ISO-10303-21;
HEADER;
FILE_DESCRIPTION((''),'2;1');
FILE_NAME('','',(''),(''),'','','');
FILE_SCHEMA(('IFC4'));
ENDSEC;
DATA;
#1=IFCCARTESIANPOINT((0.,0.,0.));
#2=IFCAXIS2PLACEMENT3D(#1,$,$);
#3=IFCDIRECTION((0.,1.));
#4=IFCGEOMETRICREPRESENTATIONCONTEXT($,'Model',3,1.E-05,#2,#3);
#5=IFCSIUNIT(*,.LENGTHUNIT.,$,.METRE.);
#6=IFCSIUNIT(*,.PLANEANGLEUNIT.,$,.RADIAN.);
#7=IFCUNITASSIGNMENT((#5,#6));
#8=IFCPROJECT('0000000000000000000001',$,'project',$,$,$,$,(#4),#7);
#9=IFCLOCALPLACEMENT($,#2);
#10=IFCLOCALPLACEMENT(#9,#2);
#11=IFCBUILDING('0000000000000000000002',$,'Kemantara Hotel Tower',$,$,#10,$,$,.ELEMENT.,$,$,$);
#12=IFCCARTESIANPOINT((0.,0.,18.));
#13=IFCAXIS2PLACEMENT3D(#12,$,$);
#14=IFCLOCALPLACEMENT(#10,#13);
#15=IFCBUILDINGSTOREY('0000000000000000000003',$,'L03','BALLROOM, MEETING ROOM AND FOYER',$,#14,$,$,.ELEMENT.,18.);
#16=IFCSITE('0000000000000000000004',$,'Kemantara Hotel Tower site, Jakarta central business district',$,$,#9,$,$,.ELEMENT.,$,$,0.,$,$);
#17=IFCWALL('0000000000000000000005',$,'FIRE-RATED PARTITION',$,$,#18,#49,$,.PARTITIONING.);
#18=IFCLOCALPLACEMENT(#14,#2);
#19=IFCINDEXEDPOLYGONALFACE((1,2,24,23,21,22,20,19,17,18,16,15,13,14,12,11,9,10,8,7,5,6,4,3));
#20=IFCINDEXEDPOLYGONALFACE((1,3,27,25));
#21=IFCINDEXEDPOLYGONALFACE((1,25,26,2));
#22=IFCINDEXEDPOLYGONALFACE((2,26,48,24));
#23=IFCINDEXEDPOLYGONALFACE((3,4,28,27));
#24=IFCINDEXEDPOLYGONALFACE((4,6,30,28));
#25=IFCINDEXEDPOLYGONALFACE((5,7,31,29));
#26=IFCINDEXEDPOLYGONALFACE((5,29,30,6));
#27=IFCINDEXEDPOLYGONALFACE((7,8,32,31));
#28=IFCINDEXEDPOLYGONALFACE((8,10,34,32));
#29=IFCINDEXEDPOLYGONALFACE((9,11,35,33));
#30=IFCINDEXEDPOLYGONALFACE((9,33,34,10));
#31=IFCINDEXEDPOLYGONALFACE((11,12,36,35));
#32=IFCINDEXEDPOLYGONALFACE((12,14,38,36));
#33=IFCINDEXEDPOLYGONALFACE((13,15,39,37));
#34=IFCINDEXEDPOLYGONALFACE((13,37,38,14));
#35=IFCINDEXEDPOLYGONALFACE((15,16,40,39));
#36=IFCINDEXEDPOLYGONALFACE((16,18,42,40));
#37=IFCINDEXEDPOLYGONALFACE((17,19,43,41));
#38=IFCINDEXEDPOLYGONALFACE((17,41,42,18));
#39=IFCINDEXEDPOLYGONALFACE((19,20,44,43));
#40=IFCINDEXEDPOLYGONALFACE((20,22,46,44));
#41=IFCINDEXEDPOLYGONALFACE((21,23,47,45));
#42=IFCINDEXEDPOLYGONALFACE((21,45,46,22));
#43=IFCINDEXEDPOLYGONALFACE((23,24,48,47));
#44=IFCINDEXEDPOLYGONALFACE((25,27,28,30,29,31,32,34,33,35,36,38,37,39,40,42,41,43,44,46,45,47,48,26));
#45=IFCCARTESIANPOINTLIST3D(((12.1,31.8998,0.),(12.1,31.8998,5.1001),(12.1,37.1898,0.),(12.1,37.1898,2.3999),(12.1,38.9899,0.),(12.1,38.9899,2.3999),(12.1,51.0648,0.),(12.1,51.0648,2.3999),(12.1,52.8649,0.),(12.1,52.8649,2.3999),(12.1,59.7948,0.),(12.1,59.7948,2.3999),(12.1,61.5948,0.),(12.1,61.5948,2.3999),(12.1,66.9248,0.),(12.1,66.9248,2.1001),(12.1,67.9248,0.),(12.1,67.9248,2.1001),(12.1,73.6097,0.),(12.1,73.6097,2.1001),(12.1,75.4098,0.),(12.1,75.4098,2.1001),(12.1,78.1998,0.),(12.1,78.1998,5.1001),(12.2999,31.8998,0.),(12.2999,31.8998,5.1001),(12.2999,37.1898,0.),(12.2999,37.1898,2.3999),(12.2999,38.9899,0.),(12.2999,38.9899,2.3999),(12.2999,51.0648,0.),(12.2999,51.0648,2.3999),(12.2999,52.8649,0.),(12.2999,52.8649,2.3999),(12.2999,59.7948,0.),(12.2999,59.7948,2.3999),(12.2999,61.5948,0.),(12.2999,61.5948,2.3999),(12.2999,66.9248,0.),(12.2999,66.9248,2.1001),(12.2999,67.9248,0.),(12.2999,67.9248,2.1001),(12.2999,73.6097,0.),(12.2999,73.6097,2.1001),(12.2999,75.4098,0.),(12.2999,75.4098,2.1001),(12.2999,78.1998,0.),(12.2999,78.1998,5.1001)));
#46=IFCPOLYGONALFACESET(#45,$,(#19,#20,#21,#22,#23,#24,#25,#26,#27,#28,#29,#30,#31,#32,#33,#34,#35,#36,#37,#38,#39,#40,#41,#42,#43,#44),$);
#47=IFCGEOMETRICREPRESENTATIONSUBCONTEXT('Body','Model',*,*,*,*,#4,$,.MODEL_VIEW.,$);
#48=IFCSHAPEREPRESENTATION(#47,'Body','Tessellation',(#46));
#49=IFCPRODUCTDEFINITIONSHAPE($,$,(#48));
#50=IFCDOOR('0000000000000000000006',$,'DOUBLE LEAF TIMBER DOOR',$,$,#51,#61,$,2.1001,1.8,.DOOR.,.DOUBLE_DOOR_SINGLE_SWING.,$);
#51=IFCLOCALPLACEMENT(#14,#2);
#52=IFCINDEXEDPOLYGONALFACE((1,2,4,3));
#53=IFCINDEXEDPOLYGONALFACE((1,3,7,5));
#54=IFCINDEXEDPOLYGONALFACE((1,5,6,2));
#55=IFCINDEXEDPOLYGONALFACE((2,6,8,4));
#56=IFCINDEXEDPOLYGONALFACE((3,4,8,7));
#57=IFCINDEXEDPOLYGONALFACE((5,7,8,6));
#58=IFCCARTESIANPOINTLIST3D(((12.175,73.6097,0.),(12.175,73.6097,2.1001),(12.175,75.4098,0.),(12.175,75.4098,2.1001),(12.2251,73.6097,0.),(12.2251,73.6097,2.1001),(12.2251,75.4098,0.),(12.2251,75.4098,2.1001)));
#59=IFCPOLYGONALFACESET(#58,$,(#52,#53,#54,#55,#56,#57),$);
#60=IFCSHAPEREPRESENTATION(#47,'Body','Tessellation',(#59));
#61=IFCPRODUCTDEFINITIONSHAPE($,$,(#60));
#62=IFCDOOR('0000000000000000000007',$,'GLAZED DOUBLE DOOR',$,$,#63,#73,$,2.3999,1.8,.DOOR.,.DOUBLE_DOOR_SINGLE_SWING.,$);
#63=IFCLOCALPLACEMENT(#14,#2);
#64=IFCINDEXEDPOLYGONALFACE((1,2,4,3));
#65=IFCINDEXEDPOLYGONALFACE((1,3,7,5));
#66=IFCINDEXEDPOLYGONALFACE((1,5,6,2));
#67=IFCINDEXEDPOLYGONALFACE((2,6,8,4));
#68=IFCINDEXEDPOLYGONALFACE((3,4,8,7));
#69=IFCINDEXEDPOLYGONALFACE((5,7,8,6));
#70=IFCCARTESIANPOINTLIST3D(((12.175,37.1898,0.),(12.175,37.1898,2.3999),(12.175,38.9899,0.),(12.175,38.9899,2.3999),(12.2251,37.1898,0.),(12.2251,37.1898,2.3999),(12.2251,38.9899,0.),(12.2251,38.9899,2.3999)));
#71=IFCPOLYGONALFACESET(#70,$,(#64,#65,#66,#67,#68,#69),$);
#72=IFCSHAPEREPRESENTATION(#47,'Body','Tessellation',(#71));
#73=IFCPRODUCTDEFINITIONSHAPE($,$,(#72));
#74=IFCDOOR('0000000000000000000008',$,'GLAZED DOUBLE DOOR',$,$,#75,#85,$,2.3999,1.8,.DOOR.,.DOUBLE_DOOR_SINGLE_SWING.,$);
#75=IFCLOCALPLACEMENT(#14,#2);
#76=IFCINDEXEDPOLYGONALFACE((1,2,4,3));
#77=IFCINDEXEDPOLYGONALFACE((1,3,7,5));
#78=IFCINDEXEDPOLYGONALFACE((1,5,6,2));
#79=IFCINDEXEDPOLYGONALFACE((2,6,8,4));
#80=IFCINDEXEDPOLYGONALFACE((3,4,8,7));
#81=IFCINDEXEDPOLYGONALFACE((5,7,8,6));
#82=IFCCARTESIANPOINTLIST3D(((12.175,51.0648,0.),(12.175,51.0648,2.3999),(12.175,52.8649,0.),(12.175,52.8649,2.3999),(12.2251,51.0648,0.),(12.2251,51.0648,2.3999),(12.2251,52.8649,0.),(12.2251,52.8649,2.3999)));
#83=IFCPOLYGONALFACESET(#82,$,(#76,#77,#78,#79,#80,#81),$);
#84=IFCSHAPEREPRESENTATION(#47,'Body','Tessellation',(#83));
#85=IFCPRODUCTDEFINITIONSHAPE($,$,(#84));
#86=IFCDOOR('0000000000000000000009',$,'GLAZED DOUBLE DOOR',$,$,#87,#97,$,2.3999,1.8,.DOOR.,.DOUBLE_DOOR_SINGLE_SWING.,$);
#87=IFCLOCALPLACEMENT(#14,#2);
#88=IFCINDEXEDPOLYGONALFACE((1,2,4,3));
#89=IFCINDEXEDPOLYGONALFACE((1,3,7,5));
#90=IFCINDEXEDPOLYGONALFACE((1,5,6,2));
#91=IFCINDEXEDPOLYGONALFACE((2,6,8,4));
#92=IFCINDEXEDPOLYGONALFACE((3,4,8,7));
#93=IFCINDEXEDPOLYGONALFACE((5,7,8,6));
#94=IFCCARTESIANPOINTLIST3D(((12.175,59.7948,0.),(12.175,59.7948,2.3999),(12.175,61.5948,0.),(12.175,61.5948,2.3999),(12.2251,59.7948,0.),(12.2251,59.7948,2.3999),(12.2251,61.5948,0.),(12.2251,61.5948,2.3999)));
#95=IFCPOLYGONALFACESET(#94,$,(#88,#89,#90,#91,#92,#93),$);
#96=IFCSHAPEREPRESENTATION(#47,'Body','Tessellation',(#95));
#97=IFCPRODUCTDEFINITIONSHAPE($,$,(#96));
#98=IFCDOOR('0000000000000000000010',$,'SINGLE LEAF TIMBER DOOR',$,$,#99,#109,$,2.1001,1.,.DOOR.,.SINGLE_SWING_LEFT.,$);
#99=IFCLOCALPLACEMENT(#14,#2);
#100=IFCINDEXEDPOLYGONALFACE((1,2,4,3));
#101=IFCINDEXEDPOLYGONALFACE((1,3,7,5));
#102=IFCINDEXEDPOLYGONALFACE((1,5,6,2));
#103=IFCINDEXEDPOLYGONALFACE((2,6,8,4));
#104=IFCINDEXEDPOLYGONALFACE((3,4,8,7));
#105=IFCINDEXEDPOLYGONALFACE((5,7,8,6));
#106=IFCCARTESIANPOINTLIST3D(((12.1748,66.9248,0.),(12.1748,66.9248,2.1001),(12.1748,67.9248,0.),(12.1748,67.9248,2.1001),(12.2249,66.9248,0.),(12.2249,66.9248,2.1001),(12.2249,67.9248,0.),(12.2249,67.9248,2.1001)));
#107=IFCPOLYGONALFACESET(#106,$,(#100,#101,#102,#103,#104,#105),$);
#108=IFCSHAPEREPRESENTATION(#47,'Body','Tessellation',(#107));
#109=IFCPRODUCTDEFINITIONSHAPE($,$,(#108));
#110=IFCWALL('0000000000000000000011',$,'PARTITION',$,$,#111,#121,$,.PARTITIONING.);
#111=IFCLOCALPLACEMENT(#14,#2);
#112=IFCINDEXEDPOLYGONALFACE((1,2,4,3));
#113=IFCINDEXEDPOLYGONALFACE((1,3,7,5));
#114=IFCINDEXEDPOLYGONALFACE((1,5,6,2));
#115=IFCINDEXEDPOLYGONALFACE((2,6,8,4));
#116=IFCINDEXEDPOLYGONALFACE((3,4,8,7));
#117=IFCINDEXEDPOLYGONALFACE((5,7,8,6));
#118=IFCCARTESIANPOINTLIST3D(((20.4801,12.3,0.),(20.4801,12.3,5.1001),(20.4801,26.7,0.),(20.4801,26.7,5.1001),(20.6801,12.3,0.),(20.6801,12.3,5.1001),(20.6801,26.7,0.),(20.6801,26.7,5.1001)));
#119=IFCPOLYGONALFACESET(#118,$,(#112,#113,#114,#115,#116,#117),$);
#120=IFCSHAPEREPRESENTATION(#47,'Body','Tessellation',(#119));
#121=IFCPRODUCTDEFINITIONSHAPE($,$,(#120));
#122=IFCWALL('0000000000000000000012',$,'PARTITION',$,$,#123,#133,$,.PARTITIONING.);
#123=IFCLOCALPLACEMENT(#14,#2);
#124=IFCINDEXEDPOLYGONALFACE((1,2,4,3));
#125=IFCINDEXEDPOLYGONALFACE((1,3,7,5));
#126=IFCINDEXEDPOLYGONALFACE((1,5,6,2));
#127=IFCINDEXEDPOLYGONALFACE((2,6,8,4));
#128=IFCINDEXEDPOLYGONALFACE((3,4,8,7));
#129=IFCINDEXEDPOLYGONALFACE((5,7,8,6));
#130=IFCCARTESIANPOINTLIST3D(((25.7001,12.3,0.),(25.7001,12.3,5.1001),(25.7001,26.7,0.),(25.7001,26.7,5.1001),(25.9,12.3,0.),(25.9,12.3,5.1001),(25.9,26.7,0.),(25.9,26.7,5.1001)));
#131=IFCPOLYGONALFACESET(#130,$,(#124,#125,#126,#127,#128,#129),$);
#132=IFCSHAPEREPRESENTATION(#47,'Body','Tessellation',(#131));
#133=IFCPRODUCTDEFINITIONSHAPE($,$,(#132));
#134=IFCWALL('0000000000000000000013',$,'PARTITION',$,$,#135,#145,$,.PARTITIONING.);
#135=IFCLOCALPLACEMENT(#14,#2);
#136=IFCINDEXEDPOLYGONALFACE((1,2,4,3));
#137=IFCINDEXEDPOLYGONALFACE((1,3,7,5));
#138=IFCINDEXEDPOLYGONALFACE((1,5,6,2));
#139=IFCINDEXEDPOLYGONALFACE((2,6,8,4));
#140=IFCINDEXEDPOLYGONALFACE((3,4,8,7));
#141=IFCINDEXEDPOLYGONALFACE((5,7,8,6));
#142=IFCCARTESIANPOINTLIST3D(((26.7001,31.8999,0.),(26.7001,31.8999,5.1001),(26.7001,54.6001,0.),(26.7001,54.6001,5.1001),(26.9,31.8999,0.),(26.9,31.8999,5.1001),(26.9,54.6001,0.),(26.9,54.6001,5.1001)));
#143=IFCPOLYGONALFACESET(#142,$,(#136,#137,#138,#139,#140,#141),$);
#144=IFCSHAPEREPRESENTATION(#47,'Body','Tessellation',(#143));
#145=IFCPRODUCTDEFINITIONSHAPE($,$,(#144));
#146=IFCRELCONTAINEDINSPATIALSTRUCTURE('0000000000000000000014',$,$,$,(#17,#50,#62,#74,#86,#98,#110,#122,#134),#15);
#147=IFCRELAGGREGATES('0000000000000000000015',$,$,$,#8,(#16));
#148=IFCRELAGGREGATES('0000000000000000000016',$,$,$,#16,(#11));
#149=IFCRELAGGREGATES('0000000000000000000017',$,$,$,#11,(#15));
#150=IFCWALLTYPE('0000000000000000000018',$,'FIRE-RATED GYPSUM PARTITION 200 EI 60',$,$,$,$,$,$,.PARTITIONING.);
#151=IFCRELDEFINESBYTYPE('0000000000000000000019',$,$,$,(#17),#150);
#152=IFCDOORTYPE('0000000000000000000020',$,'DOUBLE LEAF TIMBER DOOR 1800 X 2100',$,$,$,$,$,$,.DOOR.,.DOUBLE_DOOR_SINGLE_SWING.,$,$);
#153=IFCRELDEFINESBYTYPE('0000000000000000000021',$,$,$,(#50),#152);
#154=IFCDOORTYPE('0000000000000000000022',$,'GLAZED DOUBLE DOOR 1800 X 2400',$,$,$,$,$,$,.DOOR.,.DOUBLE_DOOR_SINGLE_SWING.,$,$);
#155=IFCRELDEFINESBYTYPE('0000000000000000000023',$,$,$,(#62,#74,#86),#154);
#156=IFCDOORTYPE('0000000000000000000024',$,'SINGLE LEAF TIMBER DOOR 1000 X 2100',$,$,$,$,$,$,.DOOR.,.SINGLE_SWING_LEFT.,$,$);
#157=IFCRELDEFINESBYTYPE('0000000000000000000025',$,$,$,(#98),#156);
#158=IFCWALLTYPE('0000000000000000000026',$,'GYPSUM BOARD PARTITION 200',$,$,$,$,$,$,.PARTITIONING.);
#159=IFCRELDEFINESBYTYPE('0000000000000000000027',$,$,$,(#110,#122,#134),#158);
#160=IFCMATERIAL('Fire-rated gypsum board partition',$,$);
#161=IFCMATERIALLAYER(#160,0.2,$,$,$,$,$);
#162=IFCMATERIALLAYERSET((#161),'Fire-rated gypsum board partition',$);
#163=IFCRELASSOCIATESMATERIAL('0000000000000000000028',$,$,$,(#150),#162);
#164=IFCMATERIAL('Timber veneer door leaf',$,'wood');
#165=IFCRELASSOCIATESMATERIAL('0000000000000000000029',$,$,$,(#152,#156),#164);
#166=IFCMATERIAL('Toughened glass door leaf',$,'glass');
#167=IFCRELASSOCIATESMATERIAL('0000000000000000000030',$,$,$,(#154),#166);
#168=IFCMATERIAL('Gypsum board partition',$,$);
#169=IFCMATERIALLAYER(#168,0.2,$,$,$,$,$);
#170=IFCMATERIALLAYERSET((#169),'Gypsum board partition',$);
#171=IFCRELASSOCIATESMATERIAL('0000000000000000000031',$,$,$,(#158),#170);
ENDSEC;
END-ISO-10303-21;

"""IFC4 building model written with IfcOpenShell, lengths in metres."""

from ifc_helpers import new_model, si_unit, direction, frame, frame_2d, origin, place, context, subcontext, project, spatial, rectangle, extrude, material, layer, layer_set, type_object, element, fill, save


model = new_model("IFC4")

# Units and contexts
model_context = context("Model", 3, precision=1e-05, world=origin(), true_north=direction((0.0, 1.0)))
body_context = subcontext(model_context, "Body", "Model", "MODEL_VIEW")
ifc_project = project(units=[si_unit("LENGTHUNIT", "METRE"), si_unit("PLANEANGLEUNIT", "RADIAN")], contexts=[model_context])

# Site, building, storey
site_placement = place(None, origin())
site = spatial("IfcSite", under=ifc_project, at=site_placement, Name="Kemantara Hotel Tower site, Jakarta central business district", CompositionType="ELEMENT", RefElevation=0.0)
building_placement = place(site_placement, origin())
building = spatial("IfcBuilding", under=site, at=building_placement, Name="Kemantara Hotel Tower", CompositionType="ELEMENT")
storey_placement = place(building_placement, frame((0.0, 0.0, 18.0)))
storey = spatial("IfcBuildingStorey", under=building, at=storey_placement, Name="L03", Description="BALLROOM, MEETING ROOM AND FOYER", CompositionType="ELEMENT", Elevation=18.0)

# Shared definitions
ifc_material_1 = material(Name="Fire-rated gypsum board partition")
ifc_layer_1 = layer(ifc_material_1, 0.2)
ifc_layer_set_1 = layer_set([ifc_layer_1], Name="Fire-rated gypsum board partition")
wall_type_1 = type_object("IfcWallType", Name="FIRE-RATED GYPSUM PARTITION 200 EI 60", PredefinedType="PARTITIONING", material=ifc_layer_set_1)

# Wall, openings, doors
wall_1_placement = place(storey_placement, frame((12.2, 31.8999, 0.0), z_axis=(0.0, 0.0, 1.0), x_axis=(0.0, 1.0, 0.0)))
wall_1 = element("IfcWall", 1, at=wall_1_placement, inside=storey, type_object=wall_type_1, Name="FIRE-RATED PARTITION", PredefinedType="PARTITIONING", context=body_context, shape_type="SweptSolid", body=[
    extrude(rectangle(XDim=46.3, YDim=0.2, at=frame_2d((23.1499, 0.0))), origin(), (0.0, 0.0, 1.0), 5.1001),
])
opening_1_placement = place(wall_1_placement, frame((5.29, 0.0, 0.0)))
opening_1 = element("IfcOpeningElement", 2, at=opening_1_placement, cuts=wall_1, PredefinedType="OPENING", context=body_context, shape_type="SweptSolid", body=[
    extrude(rectangle(XDim=1.8, YDim=2.3999, at=frame_2d((0.8999, 1.2))), frame((0.0, 0.1099, 0.0), z_axis=(0.0, -1.0, 0.0), x_axis=(1.0, 0.0, 0.0)), (0.0, 0.0, 1.0), 0.22),
])
opening_2_placement = place(wall_1_placement, frame((19.165, 0.0, 0.0)))
opening_2 = element("IfcOpeningElement", 3, at=opening_2_placement, cuts=wall_1, PredefinedType="OPENING", context=body_context, shape_type="SweptSolid", body=[
    extrude(rectangle(XDim=1.8, YDim=2.3999, at=frame_2d((0.8999, 1.2))), frame((0.0, 0.1099, 0.0), z_axis=(0.0, -1.0, 0.0), x_axis=(1.0, 0.0, 0.0)), (0.0, 0.0, 1.0), 0.22),
])
opening_3_placement = place(wall_1_placement, frame((27.895, 0.0, 0.0)))
opening_3 = element("IfcOpeningElement", 4, at=opening_3_placement, cuts=wall_1, PredefinedType="OPENING", context=body_context, shape_type="SweptSolid", body=[
    extrude(rectangle(XDim=1.8, YDim=2.3999, at=frame_2d((0.8999, 1.2))), frame((0.0, 0.1099, 0.0), z_axis=(0.0, -1.0, 0.0), x_axis=(1.0, 0.0, 0.0)), (0.0, 0.0, 1.0), 0.22),
])
opening_4_placement = place(wall_1_placement, frame((35.0249, 0.0, 0.0)))
opening_4 = element("IfcOpeningElement", 5, at=opening_4_placement, cuts=wall_1, PredefinedType="OPENING", context=body_context, shape_type="SweptSolid", body=[
    extrude(rectangle(XDim=1.0, YDim=2.1001, at=frame_2d((0.5, 1.05))), frame((0.0, 0.1099, 0.0), z_axis=(0.0, -1.0, 0.0), x_axis=(1.0, 0.0, 0.0)), (0.0, 0.0, 1.0), 0.22),
])
opening_5_placement = place(wall_1_placement, frame((41.71, 0.0, 0.0)))
opening_5 = element("IfcOpeningElement", 6, at=opening_5_placement, cuts=wall_1, PredefinedType="OPENING", context=body_context, shape_type="SweptSolid", body=[
    extrude(rectangle(XDim=1.8, YDim=2.1001, at=frame_2d((0.8999, 1.05))), frame((0.0, 0.1099, 0.0), z_axis=(0.0, -1.0, 0.0), x_axis=(1.0, 0.0, 0.0)), (0.0, 0.0, 1.0), 0.22),
])
ifc_material_2 = material(Name="Timber veneer door leaf", Category="wood")
door_type_1 = type_object("IfcDoorType", Name="DOUBLE LEAF TIMBER DOOR 1800 X 2100", OperationType="DOUBLE_DOOR_SINGLE_SWING", PredefinedType="DOOR", material=ifc_material_2)
door_1_placement = place(opening_5_placement, origin())
door_1 = element("IfcDoor", 7, at=door_1_placement, inside=storey, type_object=door_type_1, Name="DOUBLE LEAF TIMBER DOOR", OperationType="DOUBLE_DOOR_SINGLE_SWING", OverallHeight=2.1001, OverallWidth=1.8, PredefinedType="DOOR", context=body_context, shape_type="SweptSolid", body=[
    extrude(rectangle(XDim=1.8, YDim=2.1001, at=frame_2d((0.8999, 1.05))), frame((0.0, 0.0249, 0.0), z_axis=(0.0, -1.0, 0.0), x_axis=(1.0, 0.0, 0.0)), (0.0, 0.0, 1.0), 0.05),
])
fill(opening_5, door_1)
ifc_material_3 = material(Name="Toughened glass door leaf", Category="glass")
door_type_2 = type_object("IfcDoorType", Name="GLAZED DOUBLE DOOR 1800 X 2400", OperationType="DOUBLE_DOOR_SINGLE_SWING", PredefinedType="DOOR", material=ifc_material_3)
door_2_placement = place(opening_1_placement, origin())
door_2 = element("IfcDoor", 8, at=door_2_placement, inside=storey, type_object=door_type_2, Name="GLAZED DOUBLE DOOR", OperationType="DOUBLE_DOOR_SINGLE_SWING", OverallHeight=2.3999, OverallWidth=1.8, PredefinedType="DOOR", context=body_context, shape_type="SweptSolid", body=[
    extrude(rectangle(XDim=1.8, YDim=2.3999, at=frame_2d((0.8999, 1.2))), frame((0.0, 0.0249, 0.0), z_axis=(0.0, -1.0, 0.0), x_axis=(1.0, 0.0, 0.0)), (0.0, 0.0, 1.0), 0.05),
])
fill(opening_1, door_2)
door_3_placement = place(opening_2_placement, origin())
door_3 = element("IfcDoor", 9, at=door_3_placement, inside=storey, type_object=door_type_2, Name="GLAZED DOUBLE DOOR", OperationType="DOUBLE_DOOR_SINGLE_SWING", OverallHeight=2.3999, OverallWidth=1.8, PredefinedType="DOOR", context=body_context, shape_type="SweptSolid", body=[
    extrude(rectangle(XDim=1.8, YDim=2.3999, at=frame_2d((0.8999, 1.2))), frame((0.0, 0.0249, 0.0), z_axis=(0.0, -1.0, 0.0), x_axis=(1.0, 0.0, 0.0)), (0.0, 0.0, 1.0), 0.05),
])
fill(opening_2, door_3)
door_4_placement = place(opening_3_placement, origin())
door_4 = element("IfcDoor", 10, at=door_4_placement, inside=storey, type_object=door_type_2, Name="GLAZED DOUBLE DOOR", OperationType="DOUBLE_DOOR_SINGLE_SWING", OverallHeight=2.3999, OverallWidth=1.8, PredefinedType="DOOR", context=body_context, shape_type="SweptSolid", body=[
    extrude(rectangle(XDim=1.8, YDim=2.3999, at=frame_2d((0.8999, 1.2))), frame((0.0, 0.0249, 0.0), z_axis=(0.0, -1.0, 0.0), x_axis=(1.0, 0.0, 0.0)), (0.0, 0.0, 1.0), 0.05),
])
fill(opening_3, door_4)
door_type_3 = type_object("IfcDoorType", Name="SINGLE LEAF TIMBER DOOR 1000 X 2100", OperationType="SINGLE_SWING_LEFT", PredefinedType="DOOR", material=ifc_material_2)
door_5_placement = place(opening_4_placement, frame((1.0, 0.0, 0.0), z_axis=(0.0, 0.0, 1.0), x_axis=(-1.0, 0.0, 0.0)))
door_5 = element("IfcDoor", 11, at=door_5_placement, inside=storey, type_object=door_type_3, Name="SINGLE LEAF TIMBER DOOR", OperationType="SINGLE_SWING_LEFT", OverallHeight=2.1001, OverallWidth=1.0, PredefinedType="DOOR", context=body_context, shape_type="SweptSolid", body=[
    extrude(rectangle(XDim=1.0, YDim=2.1001, at=frame_2d((0.5, 1.05))), frame((0.0, 0.0249, 0.0), z_axis=(0.0, -1.0, 0.0), x_axis=(1.0, 0.0, 0.0)), (0.0, 0.0, 1.0), 0.05),
])
fill(opening_4, door_5)

# Walls
ifc_material_4 = material(Name="Gypsum board partition")
ifc_layer_2 = layer(ifc_material_4, 0.2)
ifc_layer_set_2 = layer_set([ifc_layer_2], Name="Gypsum board partition")
wall_type_2 = type_object("IfcWallType", Name="GYPSUM BOARD PARTITION 200", PredefinedType="PARTITIONING", material=ifc_layer_set_2)
for number, where, z_axis, x_axis, name in (
    (12, (20.5801, 12.3, 0.0), (0.0, 0.0, 1.0), (0.0, 1.0, 0.0), "PARTITION"),
    (13, (25.8, 12.3, 0.0), (0.0, 0.0, 1.0), (0.0, 1.0, 0.0), "PARTITION"),
):
    element("IfcWall", number, at=place(storey_placement, frame(where, z_axis=z_axis, x_axis=x_axis)), inside=storey, type_object=wall_type_2, Name=name, PredefinedType="PARTITIONING", context=body_context, shape_type="SweptSolid", body=[
        extrude(rectangle(XDim=14.3999, YDim=0.2, at=frame_2d((7.2, 0.0))), origin(), (0.0, 0.0, 1.0), 5.1001),
    ])
wall_2_placement = place(storey_placement, frame((26.8, 31.8999, 0.0), z_axis=(0.0, 0.0, 1.0), x_axis=(0.0, 1.0, 0.0)))
element("IfcWall", 14, at=wall_2_placement, inside=storey, type_object=wall_type_2, Name="PARTITION", PredefinedType="PARTITIONING", context=body_context, shape_type="SweptSolid", body=[
    extrude(rectangle(XDim=22.7002, YDim=0.2, at=frame_2d((11.3501, 0.0))), origin(), (0.0, 0.0, 1.0), 5.1001),
])

save(model, "model.ifc")
